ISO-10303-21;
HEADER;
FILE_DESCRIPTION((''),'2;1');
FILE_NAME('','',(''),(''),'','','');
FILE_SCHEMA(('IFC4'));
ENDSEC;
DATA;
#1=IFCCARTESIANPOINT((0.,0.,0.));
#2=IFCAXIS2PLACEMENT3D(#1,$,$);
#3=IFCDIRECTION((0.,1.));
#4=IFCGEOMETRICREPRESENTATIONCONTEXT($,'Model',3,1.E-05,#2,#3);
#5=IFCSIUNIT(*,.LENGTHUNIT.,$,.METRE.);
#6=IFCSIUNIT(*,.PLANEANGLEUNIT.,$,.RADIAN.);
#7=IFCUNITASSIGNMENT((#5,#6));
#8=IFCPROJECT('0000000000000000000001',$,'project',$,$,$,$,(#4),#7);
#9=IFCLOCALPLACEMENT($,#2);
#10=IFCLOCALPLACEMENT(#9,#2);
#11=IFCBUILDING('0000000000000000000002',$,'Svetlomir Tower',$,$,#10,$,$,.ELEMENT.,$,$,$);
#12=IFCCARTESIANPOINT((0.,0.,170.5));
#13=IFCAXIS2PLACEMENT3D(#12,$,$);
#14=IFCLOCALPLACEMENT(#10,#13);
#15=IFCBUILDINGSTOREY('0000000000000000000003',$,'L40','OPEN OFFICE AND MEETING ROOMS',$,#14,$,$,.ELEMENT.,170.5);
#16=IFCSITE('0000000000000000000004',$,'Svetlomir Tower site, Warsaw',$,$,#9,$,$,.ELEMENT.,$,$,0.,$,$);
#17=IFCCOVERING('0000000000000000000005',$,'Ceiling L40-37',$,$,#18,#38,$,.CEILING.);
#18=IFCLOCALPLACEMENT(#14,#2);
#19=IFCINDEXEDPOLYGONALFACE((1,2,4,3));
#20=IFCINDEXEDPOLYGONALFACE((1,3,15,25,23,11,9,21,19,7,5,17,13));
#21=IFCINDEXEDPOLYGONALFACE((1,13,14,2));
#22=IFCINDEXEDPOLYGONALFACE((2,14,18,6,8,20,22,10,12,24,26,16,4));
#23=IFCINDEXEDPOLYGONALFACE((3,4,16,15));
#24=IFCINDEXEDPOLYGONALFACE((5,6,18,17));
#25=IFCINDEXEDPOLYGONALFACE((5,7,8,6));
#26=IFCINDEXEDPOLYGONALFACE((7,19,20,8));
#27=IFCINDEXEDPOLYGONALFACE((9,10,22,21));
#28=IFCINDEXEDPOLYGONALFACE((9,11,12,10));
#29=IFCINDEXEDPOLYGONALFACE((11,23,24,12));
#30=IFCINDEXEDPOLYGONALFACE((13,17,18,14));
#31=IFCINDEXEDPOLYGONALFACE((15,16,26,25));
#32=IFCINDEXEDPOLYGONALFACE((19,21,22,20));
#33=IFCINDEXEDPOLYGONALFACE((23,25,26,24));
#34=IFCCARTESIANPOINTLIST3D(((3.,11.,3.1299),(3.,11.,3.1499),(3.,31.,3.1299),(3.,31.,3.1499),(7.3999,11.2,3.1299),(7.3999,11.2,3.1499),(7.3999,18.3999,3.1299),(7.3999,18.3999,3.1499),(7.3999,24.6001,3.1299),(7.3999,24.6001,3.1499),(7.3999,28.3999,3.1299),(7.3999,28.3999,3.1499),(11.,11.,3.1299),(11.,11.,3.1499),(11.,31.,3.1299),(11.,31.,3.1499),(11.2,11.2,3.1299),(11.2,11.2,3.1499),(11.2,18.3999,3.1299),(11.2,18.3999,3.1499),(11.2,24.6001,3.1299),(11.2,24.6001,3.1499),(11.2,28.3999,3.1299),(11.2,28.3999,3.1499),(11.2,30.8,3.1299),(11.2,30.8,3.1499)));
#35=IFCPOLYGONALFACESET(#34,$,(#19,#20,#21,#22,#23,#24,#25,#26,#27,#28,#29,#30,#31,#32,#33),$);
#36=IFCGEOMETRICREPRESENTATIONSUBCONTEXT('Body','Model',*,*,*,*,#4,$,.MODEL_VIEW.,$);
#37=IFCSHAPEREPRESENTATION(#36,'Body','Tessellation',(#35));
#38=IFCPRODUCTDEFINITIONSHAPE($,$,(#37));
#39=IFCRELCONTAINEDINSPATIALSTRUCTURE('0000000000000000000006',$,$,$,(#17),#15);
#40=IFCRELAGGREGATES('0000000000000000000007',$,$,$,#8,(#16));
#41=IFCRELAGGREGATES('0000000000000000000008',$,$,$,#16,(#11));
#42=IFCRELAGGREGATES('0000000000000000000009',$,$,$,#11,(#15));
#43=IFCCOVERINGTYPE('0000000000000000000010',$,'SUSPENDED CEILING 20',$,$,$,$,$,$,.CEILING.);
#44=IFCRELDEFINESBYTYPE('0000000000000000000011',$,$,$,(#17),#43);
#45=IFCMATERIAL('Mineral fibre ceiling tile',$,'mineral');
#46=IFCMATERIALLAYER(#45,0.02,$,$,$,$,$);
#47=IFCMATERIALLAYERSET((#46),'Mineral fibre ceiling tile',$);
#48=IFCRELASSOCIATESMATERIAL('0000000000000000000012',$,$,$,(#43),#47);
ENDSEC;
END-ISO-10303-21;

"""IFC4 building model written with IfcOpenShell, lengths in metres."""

from ifc_helpers import new_model, si_unit, direction, frame, origin, place, context, subcontext, project, spatial, polyline, outline, extrude, material, layer, layer_set, type_object, element, save


model = new_model("IFC4")

# Units and contexts
model_context = context("Model", 3, precision=1e-05, world=origin(), true_north=direction((0.0, 1.0)))
body_context = subcontext(model_context, "Body", "Model", "MODEL_VIEW")
ifc_project = project(units=[si_unit("LENGTHUNIT", "METRE"), si_unit("PLANEANGLEUNIT", "RADIAN")], contexts=[model_context])

# Site, building, storey
site_placement = place(None, origin())
site = spatial("IfcSite", under=ifc_project, at=site_placement, Name="Svetlomir Tower site, Warsaw", CompositionType="ELEMENT", RefElevation=0.0)
building_placement = place(site_placement, origin())
building = spatial("IfcBuilding", under=site, at=building_placement, Name="Svetlomir Tower", CompositionType="ELEMENT")
storey_placement = place(building_placement, frame((0.0, 0.0, 170.5)))
storey = spatial("IfcBuildingStorey", under=building, at=storey_placement, Name="L40", Description="OPEN OFFICE AND MEETING ROOMS", CompositionType="ELEMENT", Elevation=170.5)

# Covering
ifc_material_1 = material(Name="Mineral fibre ceiling tile", Category="mineral")
ifc_layer_1 = layer(ifc_material_1, 0.02)
ifc_layer_set_1 = layer_set([ifc_layer_1], Name="Mineral fibre ceiling tile")
covering_type_1 = type_object("IfcCoveringType", Name="SUSPENDED CEILING 20", PredefinedType="CEILING", material=ifc_layer_set_1)
covering_1_placement = place(storey_placement, frame((0.0, 0.0, 3.1299)))
element("IfcCovering", 1, at=covering_1_placement, inside=storey, type_object=covering_type_1, Name="Ceiling L40-37", PredefinedType="CEILING", context=body_context, shape_type="SweptSolid", body=[
    extrude(outline(polyline([(3.0, 31.0), (11.0, 31.0), (11.2, 30.8), (11.2, 28.3999), (7.3999, 28.3999), (7.3999, 24.6001), (11.2, 24.6001), (11.2, 18.3999), (7.3999, 18.3999), (7.3999, 11.2), (11.2, 11.2), (11.0, 11.0), (3.0, 11.0), (3.0, 31.0)])), origin(), (0.0, 0.0, 1.0), 0.02),
])

save(model, "model.ifc")
